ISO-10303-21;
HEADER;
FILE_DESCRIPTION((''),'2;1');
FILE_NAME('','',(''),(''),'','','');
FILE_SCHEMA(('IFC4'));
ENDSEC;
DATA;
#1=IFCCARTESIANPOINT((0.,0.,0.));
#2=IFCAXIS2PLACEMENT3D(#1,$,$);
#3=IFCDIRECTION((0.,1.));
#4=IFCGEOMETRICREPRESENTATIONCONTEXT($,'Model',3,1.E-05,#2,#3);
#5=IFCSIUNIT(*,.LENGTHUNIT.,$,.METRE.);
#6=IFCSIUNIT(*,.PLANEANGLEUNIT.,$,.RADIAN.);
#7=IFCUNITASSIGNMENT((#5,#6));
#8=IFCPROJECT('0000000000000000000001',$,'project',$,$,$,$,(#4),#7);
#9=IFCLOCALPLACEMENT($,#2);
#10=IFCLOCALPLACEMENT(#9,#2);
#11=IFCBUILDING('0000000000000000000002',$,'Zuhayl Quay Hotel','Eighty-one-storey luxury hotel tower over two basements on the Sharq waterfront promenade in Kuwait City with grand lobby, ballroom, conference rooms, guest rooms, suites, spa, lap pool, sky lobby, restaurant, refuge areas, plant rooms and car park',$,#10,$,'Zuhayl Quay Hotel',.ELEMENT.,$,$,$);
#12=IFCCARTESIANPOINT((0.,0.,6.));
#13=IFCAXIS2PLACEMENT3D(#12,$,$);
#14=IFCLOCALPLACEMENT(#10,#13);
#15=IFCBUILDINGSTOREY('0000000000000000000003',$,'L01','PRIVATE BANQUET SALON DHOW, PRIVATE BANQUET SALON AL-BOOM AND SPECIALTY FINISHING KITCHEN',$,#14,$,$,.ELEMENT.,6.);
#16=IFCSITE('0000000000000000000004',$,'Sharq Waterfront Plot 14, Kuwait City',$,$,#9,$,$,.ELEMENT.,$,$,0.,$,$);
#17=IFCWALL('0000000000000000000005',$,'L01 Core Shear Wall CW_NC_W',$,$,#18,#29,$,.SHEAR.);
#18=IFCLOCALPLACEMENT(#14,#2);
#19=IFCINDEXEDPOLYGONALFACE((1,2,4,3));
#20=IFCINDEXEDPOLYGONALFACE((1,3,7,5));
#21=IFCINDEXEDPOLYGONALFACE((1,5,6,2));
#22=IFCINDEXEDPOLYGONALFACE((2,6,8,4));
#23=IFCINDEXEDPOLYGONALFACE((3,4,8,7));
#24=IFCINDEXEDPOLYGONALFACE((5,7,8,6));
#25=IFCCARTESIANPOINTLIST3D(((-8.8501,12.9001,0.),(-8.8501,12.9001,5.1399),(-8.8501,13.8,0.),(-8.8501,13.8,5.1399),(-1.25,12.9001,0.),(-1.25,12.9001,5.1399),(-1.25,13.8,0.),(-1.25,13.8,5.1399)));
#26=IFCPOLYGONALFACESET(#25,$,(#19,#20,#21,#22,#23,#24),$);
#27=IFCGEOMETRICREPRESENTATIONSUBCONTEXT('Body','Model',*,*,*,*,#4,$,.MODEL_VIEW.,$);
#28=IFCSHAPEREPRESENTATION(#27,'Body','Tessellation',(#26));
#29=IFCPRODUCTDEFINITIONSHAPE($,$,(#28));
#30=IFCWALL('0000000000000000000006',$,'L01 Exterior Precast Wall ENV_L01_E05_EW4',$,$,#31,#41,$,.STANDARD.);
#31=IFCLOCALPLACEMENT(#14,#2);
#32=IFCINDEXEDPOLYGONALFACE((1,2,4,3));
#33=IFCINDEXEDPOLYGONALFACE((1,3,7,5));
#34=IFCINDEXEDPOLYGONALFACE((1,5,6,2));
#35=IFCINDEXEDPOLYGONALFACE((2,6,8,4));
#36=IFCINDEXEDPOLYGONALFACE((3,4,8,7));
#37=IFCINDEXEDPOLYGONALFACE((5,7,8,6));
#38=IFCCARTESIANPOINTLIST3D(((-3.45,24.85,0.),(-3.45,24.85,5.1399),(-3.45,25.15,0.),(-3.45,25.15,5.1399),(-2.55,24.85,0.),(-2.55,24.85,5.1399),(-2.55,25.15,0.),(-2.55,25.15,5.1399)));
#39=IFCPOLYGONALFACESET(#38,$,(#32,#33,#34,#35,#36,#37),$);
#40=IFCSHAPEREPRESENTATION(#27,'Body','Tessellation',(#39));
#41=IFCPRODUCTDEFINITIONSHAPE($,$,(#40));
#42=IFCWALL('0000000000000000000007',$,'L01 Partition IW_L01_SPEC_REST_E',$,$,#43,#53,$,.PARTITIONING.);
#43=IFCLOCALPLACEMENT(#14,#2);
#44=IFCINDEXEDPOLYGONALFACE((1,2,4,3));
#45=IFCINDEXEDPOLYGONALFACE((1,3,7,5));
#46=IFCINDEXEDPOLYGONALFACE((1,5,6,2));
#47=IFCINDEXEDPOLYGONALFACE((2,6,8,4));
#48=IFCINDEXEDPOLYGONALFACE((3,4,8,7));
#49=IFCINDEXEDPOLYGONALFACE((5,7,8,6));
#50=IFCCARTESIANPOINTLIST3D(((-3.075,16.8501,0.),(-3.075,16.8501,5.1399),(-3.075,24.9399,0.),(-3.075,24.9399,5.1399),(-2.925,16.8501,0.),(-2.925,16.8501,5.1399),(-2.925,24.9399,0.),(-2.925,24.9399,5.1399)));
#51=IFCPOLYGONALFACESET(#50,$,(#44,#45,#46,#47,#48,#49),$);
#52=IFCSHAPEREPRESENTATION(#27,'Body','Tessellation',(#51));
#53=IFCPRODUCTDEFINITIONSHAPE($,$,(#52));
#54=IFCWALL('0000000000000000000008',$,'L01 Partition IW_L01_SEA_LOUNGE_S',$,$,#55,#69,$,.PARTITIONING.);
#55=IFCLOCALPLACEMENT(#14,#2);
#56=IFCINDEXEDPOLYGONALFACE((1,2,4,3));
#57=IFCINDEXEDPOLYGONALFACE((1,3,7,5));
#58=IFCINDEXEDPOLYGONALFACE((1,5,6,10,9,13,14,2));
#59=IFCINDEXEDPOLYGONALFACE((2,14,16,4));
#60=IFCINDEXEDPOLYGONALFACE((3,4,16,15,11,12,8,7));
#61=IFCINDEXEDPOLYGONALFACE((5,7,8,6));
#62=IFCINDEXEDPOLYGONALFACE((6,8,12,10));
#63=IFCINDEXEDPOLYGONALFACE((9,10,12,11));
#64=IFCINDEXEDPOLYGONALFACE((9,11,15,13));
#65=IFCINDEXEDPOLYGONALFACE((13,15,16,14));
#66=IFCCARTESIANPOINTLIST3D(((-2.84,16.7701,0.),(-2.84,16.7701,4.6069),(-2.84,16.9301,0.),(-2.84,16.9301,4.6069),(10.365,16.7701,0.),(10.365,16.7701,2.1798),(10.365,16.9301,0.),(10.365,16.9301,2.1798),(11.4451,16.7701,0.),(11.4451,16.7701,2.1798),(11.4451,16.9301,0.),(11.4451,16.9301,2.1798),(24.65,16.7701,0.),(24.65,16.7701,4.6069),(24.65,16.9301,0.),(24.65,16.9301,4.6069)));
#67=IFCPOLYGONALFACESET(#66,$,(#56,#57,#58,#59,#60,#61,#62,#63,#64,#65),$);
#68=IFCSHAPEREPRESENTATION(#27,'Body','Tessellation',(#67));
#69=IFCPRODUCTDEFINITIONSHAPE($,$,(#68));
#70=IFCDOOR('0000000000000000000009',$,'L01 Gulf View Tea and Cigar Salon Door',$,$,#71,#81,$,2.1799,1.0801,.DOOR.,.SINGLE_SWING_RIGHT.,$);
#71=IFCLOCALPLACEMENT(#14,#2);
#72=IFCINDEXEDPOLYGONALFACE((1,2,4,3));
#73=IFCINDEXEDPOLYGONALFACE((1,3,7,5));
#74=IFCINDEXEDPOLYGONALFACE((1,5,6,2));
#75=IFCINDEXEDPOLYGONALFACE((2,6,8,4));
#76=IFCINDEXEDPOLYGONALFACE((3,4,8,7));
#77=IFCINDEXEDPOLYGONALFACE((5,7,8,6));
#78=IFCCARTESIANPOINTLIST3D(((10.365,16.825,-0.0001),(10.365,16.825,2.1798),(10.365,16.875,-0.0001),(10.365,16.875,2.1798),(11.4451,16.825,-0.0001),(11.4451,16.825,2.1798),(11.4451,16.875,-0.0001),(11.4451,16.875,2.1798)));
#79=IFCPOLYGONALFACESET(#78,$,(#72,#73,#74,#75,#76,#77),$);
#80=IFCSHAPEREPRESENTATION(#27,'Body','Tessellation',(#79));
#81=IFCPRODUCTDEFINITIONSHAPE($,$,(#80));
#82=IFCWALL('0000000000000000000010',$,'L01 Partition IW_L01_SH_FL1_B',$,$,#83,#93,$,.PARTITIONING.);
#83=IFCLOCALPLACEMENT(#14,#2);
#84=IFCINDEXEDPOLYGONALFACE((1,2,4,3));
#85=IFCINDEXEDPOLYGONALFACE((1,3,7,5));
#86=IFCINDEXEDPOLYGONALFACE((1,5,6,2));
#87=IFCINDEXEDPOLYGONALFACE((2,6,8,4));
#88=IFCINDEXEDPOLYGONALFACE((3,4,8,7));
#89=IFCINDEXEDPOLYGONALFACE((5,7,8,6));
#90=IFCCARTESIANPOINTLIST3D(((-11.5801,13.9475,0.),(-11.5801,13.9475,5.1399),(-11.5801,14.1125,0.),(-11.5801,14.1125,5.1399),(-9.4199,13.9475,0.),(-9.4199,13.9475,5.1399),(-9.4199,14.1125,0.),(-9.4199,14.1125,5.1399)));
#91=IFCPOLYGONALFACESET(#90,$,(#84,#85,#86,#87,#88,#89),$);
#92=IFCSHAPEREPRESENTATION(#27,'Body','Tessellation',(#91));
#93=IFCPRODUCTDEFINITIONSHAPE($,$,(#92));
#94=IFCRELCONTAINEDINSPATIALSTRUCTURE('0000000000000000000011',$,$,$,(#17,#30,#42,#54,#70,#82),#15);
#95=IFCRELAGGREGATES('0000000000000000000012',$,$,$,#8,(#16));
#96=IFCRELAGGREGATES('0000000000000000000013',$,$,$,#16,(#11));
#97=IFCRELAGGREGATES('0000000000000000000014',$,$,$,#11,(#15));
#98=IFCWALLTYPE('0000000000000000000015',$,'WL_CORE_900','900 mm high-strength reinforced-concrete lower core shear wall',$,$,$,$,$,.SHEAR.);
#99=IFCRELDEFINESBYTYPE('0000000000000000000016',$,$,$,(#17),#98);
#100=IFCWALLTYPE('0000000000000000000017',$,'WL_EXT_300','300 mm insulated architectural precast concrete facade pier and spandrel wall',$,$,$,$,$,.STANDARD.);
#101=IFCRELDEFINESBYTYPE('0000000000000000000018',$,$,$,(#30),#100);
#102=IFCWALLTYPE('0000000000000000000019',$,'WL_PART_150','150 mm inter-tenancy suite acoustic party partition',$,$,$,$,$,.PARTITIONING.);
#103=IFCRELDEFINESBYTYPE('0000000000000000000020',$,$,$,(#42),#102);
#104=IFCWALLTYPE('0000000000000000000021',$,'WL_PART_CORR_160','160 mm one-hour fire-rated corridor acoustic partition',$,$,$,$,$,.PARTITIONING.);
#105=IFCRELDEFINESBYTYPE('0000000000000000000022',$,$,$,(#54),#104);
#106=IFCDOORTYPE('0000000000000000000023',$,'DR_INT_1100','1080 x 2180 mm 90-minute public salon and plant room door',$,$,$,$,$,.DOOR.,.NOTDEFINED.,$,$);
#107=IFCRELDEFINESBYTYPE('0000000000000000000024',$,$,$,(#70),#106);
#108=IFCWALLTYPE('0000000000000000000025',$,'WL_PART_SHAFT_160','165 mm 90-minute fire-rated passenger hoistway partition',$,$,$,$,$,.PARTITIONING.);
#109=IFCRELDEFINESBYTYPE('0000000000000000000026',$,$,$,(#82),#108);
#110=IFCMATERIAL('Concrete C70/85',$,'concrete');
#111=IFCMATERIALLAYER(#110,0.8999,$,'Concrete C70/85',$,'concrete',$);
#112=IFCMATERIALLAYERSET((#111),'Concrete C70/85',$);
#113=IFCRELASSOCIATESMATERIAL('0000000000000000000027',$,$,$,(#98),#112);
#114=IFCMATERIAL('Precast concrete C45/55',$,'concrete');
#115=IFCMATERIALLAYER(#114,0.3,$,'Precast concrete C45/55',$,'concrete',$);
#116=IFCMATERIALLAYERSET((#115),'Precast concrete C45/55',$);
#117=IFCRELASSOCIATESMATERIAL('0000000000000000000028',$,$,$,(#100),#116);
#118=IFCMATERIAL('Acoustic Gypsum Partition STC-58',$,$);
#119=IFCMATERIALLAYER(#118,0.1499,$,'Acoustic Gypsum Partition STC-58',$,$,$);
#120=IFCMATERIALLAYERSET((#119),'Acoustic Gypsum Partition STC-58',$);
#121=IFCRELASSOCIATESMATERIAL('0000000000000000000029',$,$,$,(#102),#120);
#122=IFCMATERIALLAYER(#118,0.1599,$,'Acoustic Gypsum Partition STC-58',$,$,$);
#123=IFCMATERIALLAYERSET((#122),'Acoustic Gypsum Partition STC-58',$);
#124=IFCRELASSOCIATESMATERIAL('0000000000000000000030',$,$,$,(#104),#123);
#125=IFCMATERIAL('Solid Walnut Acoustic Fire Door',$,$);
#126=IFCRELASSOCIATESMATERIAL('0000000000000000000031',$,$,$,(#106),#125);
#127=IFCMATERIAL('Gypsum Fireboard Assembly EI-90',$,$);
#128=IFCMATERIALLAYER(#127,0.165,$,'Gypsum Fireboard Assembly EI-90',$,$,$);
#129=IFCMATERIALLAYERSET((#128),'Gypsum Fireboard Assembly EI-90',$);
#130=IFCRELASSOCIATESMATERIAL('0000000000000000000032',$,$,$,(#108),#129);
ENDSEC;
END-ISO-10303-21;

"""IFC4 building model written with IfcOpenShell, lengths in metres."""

from ifc_helpers import new_model, si_unit, direction, frame, frame_2d, origin, place, context, subcontext, project, spatial, rectangle, extrude, material, layer, layer_set, type_object, element, fill, save


model = new_model("IFC4")

# Units and contexts
model_context = context("Model", 3, precision=1e-05, world=origin(), true_north=direction((0.0, 1.0)))
body_context = subcontext(model_context, "Body", "Model", "MODEL_VIEW")
ifc_project = project(units=[si_unit("LENGTHUNIT", "METRE"), si_unit("PLANEANGLEUNIT", "RADIAN")], contexts=[model_context])

# Site, building, storey
site_placement = place(None, origin())
site = spatial("IfcSite", under=ifc_project, at=site_placement, Name="Sharq Waterfront Plot 14, Kuwait City", CompositionType="ELEMENT", RefElevation=0.0)
building_placement = place(site_placement, origin())
building = spatial("IfcBuilding", under=site, at=building_placement, Name="Zuhayl Quay Hotel", Description="Eighty-one-storey luxury hotel tower over two basements on the Sharq waterfront promenade in Kuwait City with grand lobby, ballroom, conference rooms, guest rooms, suites, spa, lap pool, sky lobby, restaurant, refuge areas, plant rooms and car park", LongName="Zuhayl Quay Hotel", CompositionType="ELEMENT")
storey_placement = place(building_placement, frame((0.0, 0.0, 6.0)))
storey = spatial("IfcBuildingStorey", under=building, at=storey_placement, Name="L01", Description="PRIVATE BANQUET SALON DHOW, PRIVATE BANQUET SALON AL-BOOM AND SPECIALTY FINISHING KITCHEN", CompositionType="ELEMENT", Elevation=6.0)

# Shared definitions
ifc_material_1 = material(Name="Concrete C70/85", Category="concrete")

# Walls
ifc_layer_1 = layer(ifc_material_1, 0.8999, Name="Concrete C70/85", Category="concrete")
ifc_layer_set_1 = layer_set([ifc_layer_1], Name="Concrete C70/85")
wall_type_1 = type_object("IfcWallType", Name="WL_CORE_900", Description="900 mm high-strength reinforced-concrete lower core shear wall", PredefinedType="SHEAR", material=ifc_layer_set_1)
wall_1_placement = place(storey_placement, frame((-8.8501, 13.3501, 0.0), z_axis=(0.0, 0.0, 1.0), x_axis=(1.0, 0.0, 0.0)))
element("IfcWall", 1, at=wall_1_placement, inside=storey, type_object=wall_type_1, Name="L01 Core Shear Wall CW_NC_W", PredefinedType="SHEAR", context=body_context, shape_type="SweptSolid", body=[
    extrude(rectangle(XDim=7.6001, YDim=0.8999, at=frame_2d((3.8, 0.0))), origin(), (0.0, 0.0, 1.0), 5.1399),
])
ifc_material_2 = material(Name="Precast concrete C45/55", Category="concrete")
ifc_layer_2 = layer(ifc_material_2, 0.3, Name="Precast concrete C45/55", Category="concrete")
ifc_layer_set_2 = layer_set([ifc_layer_2], Name="Precast concrete C45/55")
wall_type_2 = type_object("IfcWallType", Name="WL_EXT_300", Description="300 mm insulated architectural precast concrete facade pier and spandrel wall", PredefinedType="STANDARD", material=ifc_layer_set_2)
wall_2_placement = place(storey_placement, frame((-3.45, 25.0, 0.0), z_axis=(0.0, 0.0, 1.0), x_axis=(1.0, 0.0, 0.0)))
element("IfcWall", 2, at=wall_2_placement, inside=storey, type_object=wall_type_2, Name="L01 Exterior Precast Wall ENV_L01_E05_EW4", PredefinedType="STANDARD", context=body_context, shape_type="SweptSolid", body=[
    extrude(rectangle(XDim=0.8999, YDim=0.3, at=frame_2d((0.45, 0.0))), origin(), (0.0, 0.0, 1.0), 5.1399),
])
ifc_material_3 = material(Name="Acoustic Gypsum Partition STC-58")
ifc_layer_3 = layer(ifc_material_3, 0.1499, Name="Acoustic Gypsum Partition STC-58")
ifc_layer_set_3 = layer_set([ifc_layer_3], Name="Acoustic Gypsum Partition STC-58")
wall_type_3 = type_object("IfcWallType", Name="WL_PART_150", Description="150 mm inter-tenancy suite acoustic party partition", PredefinedType="PARTITIONING", material=ifc_layer_set_3)
wall_3_placement = place(storey_placement, frame((-3.0, 16.8501, 0.0), z_axis=(0.0, 0.0, 1.0), x_axis=(0.0, 1.0, 0.0)))
element("IfcWall", 3, at=wall_3_placement, inside=storey, type_object=wall_type_3, Name="L01 Partition IW_L01_SPEC_REST_E", PredefinedType="PARTITIONING", context=body_context, shape_type="SweptSolid", body=[
    extrude(rectangle(XDim=8.0898, YDim=0.1499, at=frame_2d((4.0449, 0.0))), origin(), (0.0, 0.0, 1.0), 5.1399),
])

# Wall, opening, door
ifc_layer_4 = layer(ifc_material_3, 0.1599, Name="Acoustic Gypsum Partition STC-58")
ifc_layer_set_4 = layer_set([ifc_layer_4], Name="Acoustic Gypsum Partition STC-58")
wall_type_4 = type_object("IfcWallType", Name="WL_PART_CORR_160", Description="160 mm one-hour fire-rated corridor acoustic partition", PredefinedType="PARTITIONING", material=ifc_layer_set_4)
wall_4_placement = place(storey_placement, frame((-2.8401, 16.8501, 0.0), z_axis=(0.0, 0.0, 1.0), x_axis=(1.0, 0.0, 0.0)))
wall_4 = element("IfcWall", 4, at=wall_4_placement, inside=storey, type_object=wall_type_4, Name="L01 Partition IW_L01_SEA_LOUNGE_S", PredefinedType="PARTITIONING", context=body_context, shape_type="SweptSolid", body=[
    extrude(rectangle(XDim=27.49, YDim=0.1599, at=frame_2d((13.7451, 0.0))), origin(), (0.0, 0.0, 1.0), 4.6069),
])
opening_placement = place(wall_4_placement, frame((13.2051, 0.0, 0.0)))
opening = element("IfcOpeningElement", 5, at=opening_placement, cuts=wall_4, PredefinedType="OPENING", context=body_context, shape_type="SweptSolid", body=[
    extrude(rectangle(XDim=1.0801, YDim=2.1799, at=frame_2d((0.54, 1.0898))), frame((0.0, 0.0898, 0.0), z_axis=(0.0, -1.0, 0.0), x_axis=(1.0, 0.0, 0.0)), (0.0, 0.0, 1.0), 0.1799),
])
ifc_material_4 = material(Name="Solid Walnut Acoustic Fire Door")
door_type = type_object("IfcDoorType", Name="DR_INT_1100", Description="1080 x 2180 mm 90-minute public salon and plant room door", OperationType="NOTDEFINED", PredefinedType="DOOR", material=ifc_material_4)
door_placement = place(opening_placement, origin())
door = element("IfcDoor", 6, at=door_placement, inside=storey, type_object=door_type, Name="L01 Gulf View Tea and Cigar Salon Door", OperationType="SINGLE_SWING_RIGHT", OverallHeight=2.1799, OverallWidth=1.0801, PredefinedType="DOOR", context=body_context, shape_type="SweptSolid", body=[
    extrude(rectangle(XDim=1.0801, YDim=2.1799, at=frame_2d((0.54, 1.0898))), frame((0.0, 0.0249, 0.0), z_axis=(0.0, -1.0, 0.0), x_axis=(1.0, 0.0, 0.0)), (0.0, 0.0, 1.0), 0.05),
])
fill(opening, door)

# Wall
ifc_material_5 = material(Name="Gypsum Fireboard Assembly EI-90")
ifc_layer_5 = layer(ifc_material_5, 0.165, Name="Gypsum Fireboard Assembly EI-90")
ifc_layer_set_5 = layer_set([ifc_layer_5], Name="Gypsum Fireboard Assembly EI-90")
wall_type_5 = type_object("IfcWallType", Name="WL_PART_SHAFT_160", Description="165 mm 90-minute fire-rated passenger hoistway partition", PredefinedType="PARTITIONING", material=ifc_layer_set_5)
wall_5_placement = place(storey_placement, frame((-11.5801, 14.03, 0.0), z_axis=(0.0, 0.0, 1.0), x_axis=(1.0, 0.0, 0.0)))
element("IfcWall", 7, at=wall_5_placement, inside=storey, type_object=wall_type_5, Name="L01 Partition IW_L01_SH_FL1_B", PredefinedType="PARTITIONING", context=body_context, shape_type="SweptSolid", body=[
    extrude(rectangle(XDim=2.1602, YDim=0.165, at=frame_2d((1.0801, 0.0))), origin(), (0.0, 0.0, 1.0), 5.1399),
])

save(model, "model.ifc")
